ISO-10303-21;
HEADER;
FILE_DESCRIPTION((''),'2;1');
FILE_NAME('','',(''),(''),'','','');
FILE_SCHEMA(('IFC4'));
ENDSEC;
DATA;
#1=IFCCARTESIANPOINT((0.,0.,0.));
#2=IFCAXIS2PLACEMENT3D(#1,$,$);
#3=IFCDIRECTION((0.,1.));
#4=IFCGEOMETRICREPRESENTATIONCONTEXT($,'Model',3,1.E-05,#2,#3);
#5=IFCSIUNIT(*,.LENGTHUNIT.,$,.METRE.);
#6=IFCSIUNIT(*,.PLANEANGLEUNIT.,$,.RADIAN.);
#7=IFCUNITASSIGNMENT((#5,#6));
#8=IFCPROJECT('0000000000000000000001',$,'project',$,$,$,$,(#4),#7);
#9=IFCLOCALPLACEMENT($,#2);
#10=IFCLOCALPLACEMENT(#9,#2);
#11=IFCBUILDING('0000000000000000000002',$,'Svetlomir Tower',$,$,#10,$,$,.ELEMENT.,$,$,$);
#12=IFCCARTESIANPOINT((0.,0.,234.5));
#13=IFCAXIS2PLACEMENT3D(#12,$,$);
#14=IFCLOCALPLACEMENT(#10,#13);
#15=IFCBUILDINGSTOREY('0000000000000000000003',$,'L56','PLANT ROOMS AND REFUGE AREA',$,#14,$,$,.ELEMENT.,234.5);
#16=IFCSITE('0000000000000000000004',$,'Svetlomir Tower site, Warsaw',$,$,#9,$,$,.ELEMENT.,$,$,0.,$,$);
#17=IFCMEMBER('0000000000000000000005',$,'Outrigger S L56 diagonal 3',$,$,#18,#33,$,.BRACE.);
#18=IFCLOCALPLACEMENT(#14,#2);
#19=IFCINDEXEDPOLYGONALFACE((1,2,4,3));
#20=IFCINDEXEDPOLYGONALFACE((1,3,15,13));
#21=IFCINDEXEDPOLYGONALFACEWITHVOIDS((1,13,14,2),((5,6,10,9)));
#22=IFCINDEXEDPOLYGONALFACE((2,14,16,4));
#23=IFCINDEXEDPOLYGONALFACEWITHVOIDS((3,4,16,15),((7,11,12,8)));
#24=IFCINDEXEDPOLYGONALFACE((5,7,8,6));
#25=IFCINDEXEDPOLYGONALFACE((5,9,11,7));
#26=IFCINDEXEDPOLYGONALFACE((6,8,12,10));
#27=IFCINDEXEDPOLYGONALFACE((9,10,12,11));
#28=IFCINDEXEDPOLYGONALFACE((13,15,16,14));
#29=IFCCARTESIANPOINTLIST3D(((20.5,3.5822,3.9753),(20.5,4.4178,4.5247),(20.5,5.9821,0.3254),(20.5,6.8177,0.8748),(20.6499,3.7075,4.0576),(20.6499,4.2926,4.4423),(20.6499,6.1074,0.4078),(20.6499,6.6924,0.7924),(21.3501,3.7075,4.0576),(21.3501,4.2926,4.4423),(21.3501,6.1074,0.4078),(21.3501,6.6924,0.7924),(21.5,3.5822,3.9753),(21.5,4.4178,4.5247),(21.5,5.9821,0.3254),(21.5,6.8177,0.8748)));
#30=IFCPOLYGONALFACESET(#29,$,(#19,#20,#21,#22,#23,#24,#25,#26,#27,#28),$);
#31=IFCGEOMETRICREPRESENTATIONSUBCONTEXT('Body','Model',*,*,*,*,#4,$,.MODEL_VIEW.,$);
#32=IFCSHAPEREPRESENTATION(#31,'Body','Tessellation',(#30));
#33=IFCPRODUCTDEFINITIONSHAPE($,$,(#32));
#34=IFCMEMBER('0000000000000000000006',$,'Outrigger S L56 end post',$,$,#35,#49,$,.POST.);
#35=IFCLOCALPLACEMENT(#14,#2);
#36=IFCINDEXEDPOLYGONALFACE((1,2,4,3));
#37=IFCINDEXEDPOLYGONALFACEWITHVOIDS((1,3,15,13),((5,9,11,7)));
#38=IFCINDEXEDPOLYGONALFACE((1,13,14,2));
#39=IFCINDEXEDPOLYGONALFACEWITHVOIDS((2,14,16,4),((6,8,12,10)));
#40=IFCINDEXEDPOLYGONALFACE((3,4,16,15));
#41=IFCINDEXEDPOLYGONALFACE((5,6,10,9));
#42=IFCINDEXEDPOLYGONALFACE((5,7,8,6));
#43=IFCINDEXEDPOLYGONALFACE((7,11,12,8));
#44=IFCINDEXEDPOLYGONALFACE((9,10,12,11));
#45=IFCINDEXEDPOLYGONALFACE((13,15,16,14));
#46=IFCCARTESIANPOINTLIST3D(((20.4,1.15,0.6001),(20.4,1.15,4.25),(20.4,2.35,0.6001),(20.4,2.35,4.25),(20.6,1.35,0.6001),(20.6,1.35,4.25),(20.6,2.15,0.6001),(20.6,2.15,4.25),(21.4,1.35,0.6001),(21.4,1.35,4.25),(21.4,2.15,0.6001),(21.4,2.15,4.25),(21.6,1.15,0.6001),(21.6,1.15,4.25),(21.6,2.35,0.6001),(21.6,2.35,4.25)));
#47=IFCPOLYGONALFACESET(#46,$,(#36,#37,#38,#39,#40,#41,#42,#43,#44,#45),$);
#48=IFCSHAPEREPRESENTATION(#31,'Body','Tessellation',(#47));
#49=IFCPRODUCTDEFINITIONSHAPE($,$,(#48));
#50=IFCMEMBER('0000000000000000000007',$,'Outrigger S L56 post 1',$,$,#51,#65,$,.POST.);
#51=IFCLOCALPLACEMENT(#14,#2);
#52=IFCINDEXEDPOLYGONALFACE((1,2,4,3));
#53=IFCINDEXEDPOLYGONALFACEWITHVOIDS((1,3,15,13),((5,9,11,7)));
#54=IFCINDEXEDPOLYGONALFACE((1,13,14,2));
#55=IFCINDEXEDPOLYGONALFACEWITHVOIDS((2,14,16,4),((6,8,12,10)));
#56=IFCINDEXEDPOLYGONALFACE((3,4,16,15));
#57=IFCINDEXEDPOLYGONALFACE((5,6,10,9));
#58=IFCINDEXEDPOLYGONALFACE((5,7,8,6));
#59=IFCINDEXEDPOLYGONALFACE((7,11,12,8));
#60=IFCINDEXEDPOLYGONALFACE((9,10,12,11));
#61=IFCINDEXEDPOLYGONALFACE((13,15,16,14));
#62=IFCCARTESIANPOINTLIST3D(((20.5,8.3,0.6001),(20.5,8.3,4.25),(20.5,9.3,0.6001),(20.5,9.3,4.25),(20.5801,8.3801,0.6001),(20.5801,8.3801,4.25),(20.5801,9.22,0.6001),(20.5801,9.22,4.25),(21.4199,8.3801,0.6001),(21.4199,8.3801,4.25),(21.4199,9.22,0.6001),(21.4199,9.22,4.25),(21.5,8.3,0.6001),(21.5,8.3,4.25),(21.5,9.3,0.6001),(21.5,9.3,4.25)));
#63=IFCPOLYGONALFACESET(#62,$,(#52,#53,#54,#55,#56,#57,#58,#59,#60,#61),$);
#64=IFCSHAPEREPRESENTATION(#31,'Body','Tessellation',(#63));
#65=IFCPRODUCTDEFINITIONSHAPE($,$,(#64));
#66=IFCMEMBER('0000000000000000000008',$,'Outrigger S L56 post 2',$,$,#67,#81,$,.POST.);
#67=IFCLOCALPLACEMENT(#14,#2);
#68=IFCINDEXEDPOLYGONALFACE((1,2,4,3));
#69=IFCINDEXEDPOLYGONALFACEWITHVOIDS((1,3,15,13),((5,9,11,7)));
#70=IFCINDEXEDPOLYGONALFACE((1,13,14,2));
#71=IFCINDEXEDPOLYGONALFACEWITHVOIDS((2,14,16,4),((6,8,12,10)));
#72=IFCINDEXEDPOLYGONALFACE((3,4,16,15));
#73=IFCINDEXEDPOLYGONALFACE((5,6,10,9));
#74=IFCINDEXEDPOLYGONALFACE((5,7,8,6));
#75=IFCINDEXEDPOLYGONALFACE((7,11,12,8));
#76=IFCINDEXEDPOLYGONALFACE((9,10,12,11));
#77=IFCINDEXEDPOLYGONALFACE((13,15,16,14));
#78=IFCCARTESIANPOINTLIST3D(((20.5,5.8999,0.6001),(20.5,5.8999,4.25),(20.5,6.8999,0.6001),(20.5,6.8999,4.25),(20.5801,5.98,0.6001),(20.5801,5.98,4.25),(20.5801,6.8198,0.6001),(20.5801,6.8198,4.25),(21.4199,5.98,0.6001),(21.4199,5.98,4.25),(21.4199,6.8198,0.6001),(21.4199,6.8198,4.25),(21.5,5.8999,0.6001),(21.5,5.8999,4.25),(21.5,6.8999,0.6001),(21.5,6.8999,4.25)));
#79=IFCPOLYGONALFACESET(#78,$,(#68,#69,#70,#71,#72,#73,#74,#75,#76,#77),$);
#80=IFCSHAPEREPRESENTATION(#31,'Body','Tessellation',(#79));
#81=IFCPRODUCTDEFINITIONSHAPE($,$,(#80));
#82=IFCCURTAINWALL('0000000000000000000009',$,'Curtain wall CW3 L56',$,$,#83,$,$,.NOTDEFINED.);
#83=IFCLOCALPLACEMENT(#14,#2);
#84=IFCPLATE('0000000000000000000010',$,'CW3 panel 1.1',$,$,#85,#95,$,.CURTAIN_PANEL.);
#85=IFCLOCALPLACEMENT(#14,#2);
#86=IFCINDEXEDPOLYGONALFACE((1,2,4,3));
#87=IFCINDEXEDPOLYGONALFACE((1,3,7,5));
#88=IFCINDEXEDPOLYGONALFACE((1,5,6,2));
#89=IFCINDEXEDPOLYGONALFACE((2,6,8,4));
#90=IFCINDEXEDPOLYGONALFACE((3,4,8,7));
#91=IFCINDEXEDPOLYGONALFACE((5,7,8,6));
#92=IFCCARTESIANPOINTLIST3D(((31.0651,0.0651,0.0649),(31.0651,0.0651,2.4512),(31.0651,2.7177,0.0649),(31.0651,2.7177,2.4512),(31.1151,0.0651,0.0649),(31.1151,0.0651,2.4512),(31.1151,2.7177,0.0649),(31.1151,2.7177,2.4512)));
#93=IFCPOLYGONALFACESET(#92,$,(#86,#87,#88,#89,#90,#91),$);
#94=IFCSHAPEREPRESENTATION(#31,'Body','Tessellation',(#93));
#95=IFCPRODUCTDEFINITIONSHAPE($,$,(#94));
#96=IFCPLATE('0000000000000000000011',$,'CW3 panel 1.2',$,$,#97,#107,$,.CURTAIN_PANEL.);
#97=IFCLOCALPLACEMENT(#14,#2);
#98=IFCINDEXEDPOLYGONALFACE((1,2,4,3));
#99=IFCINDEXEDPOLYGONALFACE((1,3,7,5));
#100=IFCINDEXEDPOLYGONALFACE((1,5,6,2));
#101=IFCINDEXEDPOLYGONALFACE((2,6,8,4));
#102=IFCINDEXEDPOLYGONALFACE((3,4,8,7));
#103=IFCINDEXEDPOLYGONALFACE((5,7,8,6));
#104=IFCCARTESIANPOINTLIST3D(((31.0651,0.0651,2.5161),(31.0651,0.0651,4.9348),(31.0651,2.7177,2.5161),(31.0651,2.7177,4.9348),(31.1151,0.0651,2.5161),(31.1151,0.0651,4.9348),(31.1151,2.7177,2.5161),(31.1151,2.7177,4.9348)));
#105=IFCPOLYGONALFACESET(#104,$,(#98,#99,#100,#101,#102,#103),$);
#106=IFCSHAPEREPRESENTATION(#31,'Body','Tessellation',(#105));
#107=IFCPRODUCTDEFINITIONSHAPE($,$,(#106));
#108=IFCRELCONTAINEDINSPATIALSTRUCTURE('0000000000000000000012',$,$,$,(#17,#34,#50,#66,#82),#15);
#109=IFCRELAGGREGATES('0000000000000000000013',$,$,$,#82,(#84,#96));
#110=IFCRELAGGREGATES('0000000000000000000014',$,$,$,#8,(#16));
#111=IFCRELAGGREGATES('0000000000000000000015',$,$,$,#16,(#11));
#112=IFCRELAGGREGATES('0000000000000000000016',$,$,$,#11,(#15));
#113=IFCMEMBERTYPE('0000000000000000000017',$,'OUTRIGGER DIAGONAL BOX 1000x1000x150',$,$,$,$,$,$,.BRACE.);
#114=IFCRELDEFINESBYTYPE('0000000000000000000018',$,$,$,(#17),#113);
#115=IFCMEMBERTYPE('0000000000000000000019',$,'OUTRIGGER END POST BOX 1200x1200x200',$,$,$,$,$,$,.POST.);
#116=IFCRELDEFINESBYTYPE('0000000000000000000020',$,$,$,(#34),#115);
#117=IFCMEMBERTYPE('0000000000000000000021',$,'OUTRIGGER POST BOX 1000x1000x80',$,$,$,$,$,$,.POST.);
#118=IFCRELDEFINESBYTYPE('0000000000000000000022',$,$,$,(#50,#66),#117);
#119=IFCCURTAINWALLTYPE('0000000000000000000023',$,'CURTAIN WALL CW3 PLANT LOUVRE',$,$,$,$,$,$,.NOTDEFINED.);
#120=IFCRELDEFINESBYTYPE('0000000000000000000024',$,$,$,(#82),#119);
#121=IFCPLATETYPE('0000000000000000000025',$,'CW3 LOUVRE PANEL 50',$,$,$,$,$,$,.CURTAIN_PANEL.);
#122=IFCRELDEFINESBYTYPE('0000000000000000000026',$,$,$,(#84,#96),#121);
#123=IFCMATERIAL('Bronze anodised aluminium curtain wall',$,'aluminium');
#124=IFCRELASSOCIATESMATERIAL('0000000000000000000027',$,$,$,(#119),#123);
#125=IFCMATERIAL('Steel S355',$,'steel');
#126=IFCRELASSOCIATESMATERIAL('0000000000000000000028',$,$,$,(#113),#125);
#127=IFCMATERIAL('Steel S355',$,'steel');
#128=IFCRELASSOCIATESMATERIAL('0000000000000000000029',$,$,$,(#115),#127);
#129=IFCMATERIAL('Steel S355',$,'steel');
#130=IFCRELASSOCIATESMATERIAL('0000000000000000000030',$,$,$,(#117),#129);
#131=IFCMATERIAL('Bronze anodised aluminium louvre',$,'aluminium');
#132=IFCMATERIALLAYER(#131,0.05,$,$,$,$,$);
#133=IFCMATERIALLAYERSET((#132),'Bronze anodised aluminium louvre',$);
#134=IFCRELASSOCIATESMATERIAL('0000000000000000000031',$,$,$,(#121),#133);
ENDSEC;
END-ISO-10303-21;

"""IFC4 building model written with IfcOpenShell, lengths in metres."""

from ifc_helpers import new_model, si_unit, direction, frame, origin, origin_2d, place, context, subcontext, project, spatial, rectangle, hollow_rectangle, extrude, material, layer, layer_set, material_profile, profile_set, type_object, element, aggregate, save


model = new_model("IFC4")

# Units and contexts
model_context = context("Model", 3, precision=1e-05, world=origin(), true_north=direction((0.0, 1.0)))
body_context = subcontext(model_context, "Body", "Model", "MODEL_VIEW")
ifc_project = project(units=[si_unit("LENGTHUNIT", "METRE"), si_unit("PLANEANGLEUNIT", "RADIAN")], contexts=[model_context])

# Site, building, storey
site_placement = place(None, origin())
site = spatial("IfcSite", under=ifc_project, at=site_placement, Name="Svetlomir Tower site, Warsaw", CompositionType="ELEMENT", RefElevation=0.0)
building_placement = place(site_placement, origin())
building = spatial("IfcBuilding", under=site, at=building_placement, Name="Svetlomir Tower", CompositionType="ELEMENT")
storey_placement = place(building_placement, frame((0.0, 0.0, 234.5)))
storey = spatial("IfcBuildingStorey", under=building, at=storey_placement, Name="L56", Description="PLANT ROOMS AND REFUGE AREA", CompositionType="ELEMENT", Elevation=234.5)

# Shared definitions
ifc_material_1 = material(Name="Bronze anodised aluminium curtain wall", Category="aluminium")
curtain_wall_type = type_object("IfcCurtainWallType", Name="CURTAIN WALL CW3 PLANT LOUVRE", PredefinedType="NOTDEFINED", material=ifc_material_1)

# Members
ifc_material_2 = material(Name="Steel S355", Category="steel")
ifc_material_profile_1 = material_profile(ifc_material_2, hollow_rectangle(XDim=1.0, YDim=1.0, WallThickness=0.1499, at=origin_2d()), Name="BOX 1000x1000x150")
ifc_profile_set_1 = profile_set([ifc_material_profile_1], Name="Steel S355")
member_type_1 = type_object("IfcMemberType", Name="OUTRIGGER DIAGONAL BOX 1000x1000x150", PredefinedType="BRACE", material=ifc_profile_set_1)
member_1_placement = place(storey_placement, frame((21.0, 6.3999, 0.6001), z_axis=(0.0, -0.549401, 0.835559), x_axis=(1.0, 0.0, 0.0)))
element("IfcMember", 1, at=member_1_placement, inside=storey, type_object=member_type_1, Name="Outrigger S L56 diagonal 3", PredefinedType="BRACE", context=body_context, shape_type="SweptSolid", body=[
    extrude(hollow_rectangle(XDim=1.0, YDim=1.0, WallThickness=0.1499, at=origin_2d()), origin(), (0.0, 0.0, 1.0), 4.3682),
])
ifc_material_3 = material(Name="Steel S355", Category="steel")
ifc_material_profile_2 = material_profile(ifc_material_3, hollow_rectangle(XDim=1.2, YDim=1.2, WallThickness=0.2, at=origin_2d()), Name="BOX 1200x1200x200")
ifc_profile_set_2 = profile_set([ifc_material_profile_2], Name="Steel S355")
member_type_2 = type_object("IfcMemberType", Name="OUTRIGGER END POST BOX 1200x1200x200", PredefinedType="POST", material=ifc_profile_set_2)
member_2_placement = place(storey_placement, frame((21.0, 1.75, 0.6001), z_axis=(0.0, 0.0, 1.0), x_axis=(1.0, 0.0, 0.0)))
element("IfcMember", 2, at=member_2_placement, inside=storey, type_object=member_type_2, Name="Outrigger S L56 end post", PredefinedType="POST", context=body_context, shape_type="SweptSolid", body=[
    extrude(hollow_rectangle(XDim=1.2, YDim=1.2, WallThickness=0.2, at=origin_2d()), origin(), (0.0, 0.0, 1.0), 3.6499),
])
ifc_material_4 = material(Name="Steel S355", Category="steel")
ifc_material_profile_3 = material_profile(ifc_material_4, hollow_rectangle(XDim=1.0, YDim=1.0, WallThickness=0.0801, at=origin_2d()), Name="BOX 1000x1000x80")
ifc_profile_set_3 = profile_set([ifc_material_profile_3], Name="Steel S355")
member_type_3 = type_object("IfcMemberType", Name="OUTRIGGER POST BOX 1000x1000x80", PredefinedType="POST", material=ifc_profile_set_3)
for number, where, z_axis, x_axis, name in (
    (3, (21.0, 8.8, 0.6001), (0.0, 0.0, 1.0), (1.0, 0.0, 0.0), "Outrigger S L56 post 1"),
    (4, (21.0, 6.3999, 0.6001), (0.0, 0.0, 1.0), (1.0, 0.0, 0.0), "Outrigger S L56 post 2"),
):
    element("IfcMember", number, at=place(storey_placement, frame(where, z_axis=z_axis, x_axis=x_axis)), inside=storey, type_object=member_type_3, Name=name, PredefinedType="POST", context=body_context, shape_type="SweptSolid", body=[
        extrude(hollow_rectangle(XDim=1.0, YDim=1.0, WallThickness=0.0801, at=origin_2d()), origin(), (0.0, 0.0, 1.0), 3.6499),
    ])

# Curtain wall, plates
curtain_wall_1_placement = place(storey_placement, origin())
curtain_wall_1 = element("IfcCurtainWall", 5, at=curtain_wall_1_placement, inside=storey, type_object=curtain_wall_type, Name="Curtain wall CW3 L56", PredefinedType="NOTDEFINED")
ifc_material_5 = material(Name="Bronze anodised aluminium louvre", Category="aluminium")
ifc_layer = layer(ifc_material_5, 0.05)
ifc_layer_set = layer_set([ifc_layer], Name="Bronze anodised aluminium louvre")
plate_type = type_object("IfcPlateType", Name="CW3 LOUVRE PANEL 50", PredefinedType="CURTAIN_PANEL", material=ifc_layer_set)
plate_1_placement = place(storey_placement, frame((31.0901, 1.3914, 0.0649), z_axis=(0.0, 0.0, 1.0), x_axis=(0.0, 1.0, 0.0)))
plate_1 = element("IfcPlate", 6, at=plate_1_placement, type_object=plate_type, Name="CW3 panel 1.1", PredefinedType="CURTAIN_PANEL", context=body_context, shape_type="SweptSolid", body=[
    extrude(rectangle(XDim=2.6526, YDim=0.05, at=origin_2d()), origin(), (0.0, 0.0, 1.0), 2.3862),
])
plate_2_placement = place(storey_placement, frame((31.0901, 1.3914, 2.5161), z_axis=(0.0, 0.0, 1.0), x_axis=(0.0, 1.0, 0.0)))
plate_2 = element("IfcPlate", 7, at=plate_2_placement, type_object=plate_type, Name="CW3 panel 1.2", PredefinedType="CURTAIN_PANEL", context=body_context, shape_type="SweptSolid", body=[
    extrude(rectangle(XDim=2.6526, YDim=0.05, at=origin_2d()), origin(), (0.0, 0.0, 1.0), 2.4187),
])
aggregate(curtain_wall_1, [plate_1, plate_2])

save(model, "model.ifc")
